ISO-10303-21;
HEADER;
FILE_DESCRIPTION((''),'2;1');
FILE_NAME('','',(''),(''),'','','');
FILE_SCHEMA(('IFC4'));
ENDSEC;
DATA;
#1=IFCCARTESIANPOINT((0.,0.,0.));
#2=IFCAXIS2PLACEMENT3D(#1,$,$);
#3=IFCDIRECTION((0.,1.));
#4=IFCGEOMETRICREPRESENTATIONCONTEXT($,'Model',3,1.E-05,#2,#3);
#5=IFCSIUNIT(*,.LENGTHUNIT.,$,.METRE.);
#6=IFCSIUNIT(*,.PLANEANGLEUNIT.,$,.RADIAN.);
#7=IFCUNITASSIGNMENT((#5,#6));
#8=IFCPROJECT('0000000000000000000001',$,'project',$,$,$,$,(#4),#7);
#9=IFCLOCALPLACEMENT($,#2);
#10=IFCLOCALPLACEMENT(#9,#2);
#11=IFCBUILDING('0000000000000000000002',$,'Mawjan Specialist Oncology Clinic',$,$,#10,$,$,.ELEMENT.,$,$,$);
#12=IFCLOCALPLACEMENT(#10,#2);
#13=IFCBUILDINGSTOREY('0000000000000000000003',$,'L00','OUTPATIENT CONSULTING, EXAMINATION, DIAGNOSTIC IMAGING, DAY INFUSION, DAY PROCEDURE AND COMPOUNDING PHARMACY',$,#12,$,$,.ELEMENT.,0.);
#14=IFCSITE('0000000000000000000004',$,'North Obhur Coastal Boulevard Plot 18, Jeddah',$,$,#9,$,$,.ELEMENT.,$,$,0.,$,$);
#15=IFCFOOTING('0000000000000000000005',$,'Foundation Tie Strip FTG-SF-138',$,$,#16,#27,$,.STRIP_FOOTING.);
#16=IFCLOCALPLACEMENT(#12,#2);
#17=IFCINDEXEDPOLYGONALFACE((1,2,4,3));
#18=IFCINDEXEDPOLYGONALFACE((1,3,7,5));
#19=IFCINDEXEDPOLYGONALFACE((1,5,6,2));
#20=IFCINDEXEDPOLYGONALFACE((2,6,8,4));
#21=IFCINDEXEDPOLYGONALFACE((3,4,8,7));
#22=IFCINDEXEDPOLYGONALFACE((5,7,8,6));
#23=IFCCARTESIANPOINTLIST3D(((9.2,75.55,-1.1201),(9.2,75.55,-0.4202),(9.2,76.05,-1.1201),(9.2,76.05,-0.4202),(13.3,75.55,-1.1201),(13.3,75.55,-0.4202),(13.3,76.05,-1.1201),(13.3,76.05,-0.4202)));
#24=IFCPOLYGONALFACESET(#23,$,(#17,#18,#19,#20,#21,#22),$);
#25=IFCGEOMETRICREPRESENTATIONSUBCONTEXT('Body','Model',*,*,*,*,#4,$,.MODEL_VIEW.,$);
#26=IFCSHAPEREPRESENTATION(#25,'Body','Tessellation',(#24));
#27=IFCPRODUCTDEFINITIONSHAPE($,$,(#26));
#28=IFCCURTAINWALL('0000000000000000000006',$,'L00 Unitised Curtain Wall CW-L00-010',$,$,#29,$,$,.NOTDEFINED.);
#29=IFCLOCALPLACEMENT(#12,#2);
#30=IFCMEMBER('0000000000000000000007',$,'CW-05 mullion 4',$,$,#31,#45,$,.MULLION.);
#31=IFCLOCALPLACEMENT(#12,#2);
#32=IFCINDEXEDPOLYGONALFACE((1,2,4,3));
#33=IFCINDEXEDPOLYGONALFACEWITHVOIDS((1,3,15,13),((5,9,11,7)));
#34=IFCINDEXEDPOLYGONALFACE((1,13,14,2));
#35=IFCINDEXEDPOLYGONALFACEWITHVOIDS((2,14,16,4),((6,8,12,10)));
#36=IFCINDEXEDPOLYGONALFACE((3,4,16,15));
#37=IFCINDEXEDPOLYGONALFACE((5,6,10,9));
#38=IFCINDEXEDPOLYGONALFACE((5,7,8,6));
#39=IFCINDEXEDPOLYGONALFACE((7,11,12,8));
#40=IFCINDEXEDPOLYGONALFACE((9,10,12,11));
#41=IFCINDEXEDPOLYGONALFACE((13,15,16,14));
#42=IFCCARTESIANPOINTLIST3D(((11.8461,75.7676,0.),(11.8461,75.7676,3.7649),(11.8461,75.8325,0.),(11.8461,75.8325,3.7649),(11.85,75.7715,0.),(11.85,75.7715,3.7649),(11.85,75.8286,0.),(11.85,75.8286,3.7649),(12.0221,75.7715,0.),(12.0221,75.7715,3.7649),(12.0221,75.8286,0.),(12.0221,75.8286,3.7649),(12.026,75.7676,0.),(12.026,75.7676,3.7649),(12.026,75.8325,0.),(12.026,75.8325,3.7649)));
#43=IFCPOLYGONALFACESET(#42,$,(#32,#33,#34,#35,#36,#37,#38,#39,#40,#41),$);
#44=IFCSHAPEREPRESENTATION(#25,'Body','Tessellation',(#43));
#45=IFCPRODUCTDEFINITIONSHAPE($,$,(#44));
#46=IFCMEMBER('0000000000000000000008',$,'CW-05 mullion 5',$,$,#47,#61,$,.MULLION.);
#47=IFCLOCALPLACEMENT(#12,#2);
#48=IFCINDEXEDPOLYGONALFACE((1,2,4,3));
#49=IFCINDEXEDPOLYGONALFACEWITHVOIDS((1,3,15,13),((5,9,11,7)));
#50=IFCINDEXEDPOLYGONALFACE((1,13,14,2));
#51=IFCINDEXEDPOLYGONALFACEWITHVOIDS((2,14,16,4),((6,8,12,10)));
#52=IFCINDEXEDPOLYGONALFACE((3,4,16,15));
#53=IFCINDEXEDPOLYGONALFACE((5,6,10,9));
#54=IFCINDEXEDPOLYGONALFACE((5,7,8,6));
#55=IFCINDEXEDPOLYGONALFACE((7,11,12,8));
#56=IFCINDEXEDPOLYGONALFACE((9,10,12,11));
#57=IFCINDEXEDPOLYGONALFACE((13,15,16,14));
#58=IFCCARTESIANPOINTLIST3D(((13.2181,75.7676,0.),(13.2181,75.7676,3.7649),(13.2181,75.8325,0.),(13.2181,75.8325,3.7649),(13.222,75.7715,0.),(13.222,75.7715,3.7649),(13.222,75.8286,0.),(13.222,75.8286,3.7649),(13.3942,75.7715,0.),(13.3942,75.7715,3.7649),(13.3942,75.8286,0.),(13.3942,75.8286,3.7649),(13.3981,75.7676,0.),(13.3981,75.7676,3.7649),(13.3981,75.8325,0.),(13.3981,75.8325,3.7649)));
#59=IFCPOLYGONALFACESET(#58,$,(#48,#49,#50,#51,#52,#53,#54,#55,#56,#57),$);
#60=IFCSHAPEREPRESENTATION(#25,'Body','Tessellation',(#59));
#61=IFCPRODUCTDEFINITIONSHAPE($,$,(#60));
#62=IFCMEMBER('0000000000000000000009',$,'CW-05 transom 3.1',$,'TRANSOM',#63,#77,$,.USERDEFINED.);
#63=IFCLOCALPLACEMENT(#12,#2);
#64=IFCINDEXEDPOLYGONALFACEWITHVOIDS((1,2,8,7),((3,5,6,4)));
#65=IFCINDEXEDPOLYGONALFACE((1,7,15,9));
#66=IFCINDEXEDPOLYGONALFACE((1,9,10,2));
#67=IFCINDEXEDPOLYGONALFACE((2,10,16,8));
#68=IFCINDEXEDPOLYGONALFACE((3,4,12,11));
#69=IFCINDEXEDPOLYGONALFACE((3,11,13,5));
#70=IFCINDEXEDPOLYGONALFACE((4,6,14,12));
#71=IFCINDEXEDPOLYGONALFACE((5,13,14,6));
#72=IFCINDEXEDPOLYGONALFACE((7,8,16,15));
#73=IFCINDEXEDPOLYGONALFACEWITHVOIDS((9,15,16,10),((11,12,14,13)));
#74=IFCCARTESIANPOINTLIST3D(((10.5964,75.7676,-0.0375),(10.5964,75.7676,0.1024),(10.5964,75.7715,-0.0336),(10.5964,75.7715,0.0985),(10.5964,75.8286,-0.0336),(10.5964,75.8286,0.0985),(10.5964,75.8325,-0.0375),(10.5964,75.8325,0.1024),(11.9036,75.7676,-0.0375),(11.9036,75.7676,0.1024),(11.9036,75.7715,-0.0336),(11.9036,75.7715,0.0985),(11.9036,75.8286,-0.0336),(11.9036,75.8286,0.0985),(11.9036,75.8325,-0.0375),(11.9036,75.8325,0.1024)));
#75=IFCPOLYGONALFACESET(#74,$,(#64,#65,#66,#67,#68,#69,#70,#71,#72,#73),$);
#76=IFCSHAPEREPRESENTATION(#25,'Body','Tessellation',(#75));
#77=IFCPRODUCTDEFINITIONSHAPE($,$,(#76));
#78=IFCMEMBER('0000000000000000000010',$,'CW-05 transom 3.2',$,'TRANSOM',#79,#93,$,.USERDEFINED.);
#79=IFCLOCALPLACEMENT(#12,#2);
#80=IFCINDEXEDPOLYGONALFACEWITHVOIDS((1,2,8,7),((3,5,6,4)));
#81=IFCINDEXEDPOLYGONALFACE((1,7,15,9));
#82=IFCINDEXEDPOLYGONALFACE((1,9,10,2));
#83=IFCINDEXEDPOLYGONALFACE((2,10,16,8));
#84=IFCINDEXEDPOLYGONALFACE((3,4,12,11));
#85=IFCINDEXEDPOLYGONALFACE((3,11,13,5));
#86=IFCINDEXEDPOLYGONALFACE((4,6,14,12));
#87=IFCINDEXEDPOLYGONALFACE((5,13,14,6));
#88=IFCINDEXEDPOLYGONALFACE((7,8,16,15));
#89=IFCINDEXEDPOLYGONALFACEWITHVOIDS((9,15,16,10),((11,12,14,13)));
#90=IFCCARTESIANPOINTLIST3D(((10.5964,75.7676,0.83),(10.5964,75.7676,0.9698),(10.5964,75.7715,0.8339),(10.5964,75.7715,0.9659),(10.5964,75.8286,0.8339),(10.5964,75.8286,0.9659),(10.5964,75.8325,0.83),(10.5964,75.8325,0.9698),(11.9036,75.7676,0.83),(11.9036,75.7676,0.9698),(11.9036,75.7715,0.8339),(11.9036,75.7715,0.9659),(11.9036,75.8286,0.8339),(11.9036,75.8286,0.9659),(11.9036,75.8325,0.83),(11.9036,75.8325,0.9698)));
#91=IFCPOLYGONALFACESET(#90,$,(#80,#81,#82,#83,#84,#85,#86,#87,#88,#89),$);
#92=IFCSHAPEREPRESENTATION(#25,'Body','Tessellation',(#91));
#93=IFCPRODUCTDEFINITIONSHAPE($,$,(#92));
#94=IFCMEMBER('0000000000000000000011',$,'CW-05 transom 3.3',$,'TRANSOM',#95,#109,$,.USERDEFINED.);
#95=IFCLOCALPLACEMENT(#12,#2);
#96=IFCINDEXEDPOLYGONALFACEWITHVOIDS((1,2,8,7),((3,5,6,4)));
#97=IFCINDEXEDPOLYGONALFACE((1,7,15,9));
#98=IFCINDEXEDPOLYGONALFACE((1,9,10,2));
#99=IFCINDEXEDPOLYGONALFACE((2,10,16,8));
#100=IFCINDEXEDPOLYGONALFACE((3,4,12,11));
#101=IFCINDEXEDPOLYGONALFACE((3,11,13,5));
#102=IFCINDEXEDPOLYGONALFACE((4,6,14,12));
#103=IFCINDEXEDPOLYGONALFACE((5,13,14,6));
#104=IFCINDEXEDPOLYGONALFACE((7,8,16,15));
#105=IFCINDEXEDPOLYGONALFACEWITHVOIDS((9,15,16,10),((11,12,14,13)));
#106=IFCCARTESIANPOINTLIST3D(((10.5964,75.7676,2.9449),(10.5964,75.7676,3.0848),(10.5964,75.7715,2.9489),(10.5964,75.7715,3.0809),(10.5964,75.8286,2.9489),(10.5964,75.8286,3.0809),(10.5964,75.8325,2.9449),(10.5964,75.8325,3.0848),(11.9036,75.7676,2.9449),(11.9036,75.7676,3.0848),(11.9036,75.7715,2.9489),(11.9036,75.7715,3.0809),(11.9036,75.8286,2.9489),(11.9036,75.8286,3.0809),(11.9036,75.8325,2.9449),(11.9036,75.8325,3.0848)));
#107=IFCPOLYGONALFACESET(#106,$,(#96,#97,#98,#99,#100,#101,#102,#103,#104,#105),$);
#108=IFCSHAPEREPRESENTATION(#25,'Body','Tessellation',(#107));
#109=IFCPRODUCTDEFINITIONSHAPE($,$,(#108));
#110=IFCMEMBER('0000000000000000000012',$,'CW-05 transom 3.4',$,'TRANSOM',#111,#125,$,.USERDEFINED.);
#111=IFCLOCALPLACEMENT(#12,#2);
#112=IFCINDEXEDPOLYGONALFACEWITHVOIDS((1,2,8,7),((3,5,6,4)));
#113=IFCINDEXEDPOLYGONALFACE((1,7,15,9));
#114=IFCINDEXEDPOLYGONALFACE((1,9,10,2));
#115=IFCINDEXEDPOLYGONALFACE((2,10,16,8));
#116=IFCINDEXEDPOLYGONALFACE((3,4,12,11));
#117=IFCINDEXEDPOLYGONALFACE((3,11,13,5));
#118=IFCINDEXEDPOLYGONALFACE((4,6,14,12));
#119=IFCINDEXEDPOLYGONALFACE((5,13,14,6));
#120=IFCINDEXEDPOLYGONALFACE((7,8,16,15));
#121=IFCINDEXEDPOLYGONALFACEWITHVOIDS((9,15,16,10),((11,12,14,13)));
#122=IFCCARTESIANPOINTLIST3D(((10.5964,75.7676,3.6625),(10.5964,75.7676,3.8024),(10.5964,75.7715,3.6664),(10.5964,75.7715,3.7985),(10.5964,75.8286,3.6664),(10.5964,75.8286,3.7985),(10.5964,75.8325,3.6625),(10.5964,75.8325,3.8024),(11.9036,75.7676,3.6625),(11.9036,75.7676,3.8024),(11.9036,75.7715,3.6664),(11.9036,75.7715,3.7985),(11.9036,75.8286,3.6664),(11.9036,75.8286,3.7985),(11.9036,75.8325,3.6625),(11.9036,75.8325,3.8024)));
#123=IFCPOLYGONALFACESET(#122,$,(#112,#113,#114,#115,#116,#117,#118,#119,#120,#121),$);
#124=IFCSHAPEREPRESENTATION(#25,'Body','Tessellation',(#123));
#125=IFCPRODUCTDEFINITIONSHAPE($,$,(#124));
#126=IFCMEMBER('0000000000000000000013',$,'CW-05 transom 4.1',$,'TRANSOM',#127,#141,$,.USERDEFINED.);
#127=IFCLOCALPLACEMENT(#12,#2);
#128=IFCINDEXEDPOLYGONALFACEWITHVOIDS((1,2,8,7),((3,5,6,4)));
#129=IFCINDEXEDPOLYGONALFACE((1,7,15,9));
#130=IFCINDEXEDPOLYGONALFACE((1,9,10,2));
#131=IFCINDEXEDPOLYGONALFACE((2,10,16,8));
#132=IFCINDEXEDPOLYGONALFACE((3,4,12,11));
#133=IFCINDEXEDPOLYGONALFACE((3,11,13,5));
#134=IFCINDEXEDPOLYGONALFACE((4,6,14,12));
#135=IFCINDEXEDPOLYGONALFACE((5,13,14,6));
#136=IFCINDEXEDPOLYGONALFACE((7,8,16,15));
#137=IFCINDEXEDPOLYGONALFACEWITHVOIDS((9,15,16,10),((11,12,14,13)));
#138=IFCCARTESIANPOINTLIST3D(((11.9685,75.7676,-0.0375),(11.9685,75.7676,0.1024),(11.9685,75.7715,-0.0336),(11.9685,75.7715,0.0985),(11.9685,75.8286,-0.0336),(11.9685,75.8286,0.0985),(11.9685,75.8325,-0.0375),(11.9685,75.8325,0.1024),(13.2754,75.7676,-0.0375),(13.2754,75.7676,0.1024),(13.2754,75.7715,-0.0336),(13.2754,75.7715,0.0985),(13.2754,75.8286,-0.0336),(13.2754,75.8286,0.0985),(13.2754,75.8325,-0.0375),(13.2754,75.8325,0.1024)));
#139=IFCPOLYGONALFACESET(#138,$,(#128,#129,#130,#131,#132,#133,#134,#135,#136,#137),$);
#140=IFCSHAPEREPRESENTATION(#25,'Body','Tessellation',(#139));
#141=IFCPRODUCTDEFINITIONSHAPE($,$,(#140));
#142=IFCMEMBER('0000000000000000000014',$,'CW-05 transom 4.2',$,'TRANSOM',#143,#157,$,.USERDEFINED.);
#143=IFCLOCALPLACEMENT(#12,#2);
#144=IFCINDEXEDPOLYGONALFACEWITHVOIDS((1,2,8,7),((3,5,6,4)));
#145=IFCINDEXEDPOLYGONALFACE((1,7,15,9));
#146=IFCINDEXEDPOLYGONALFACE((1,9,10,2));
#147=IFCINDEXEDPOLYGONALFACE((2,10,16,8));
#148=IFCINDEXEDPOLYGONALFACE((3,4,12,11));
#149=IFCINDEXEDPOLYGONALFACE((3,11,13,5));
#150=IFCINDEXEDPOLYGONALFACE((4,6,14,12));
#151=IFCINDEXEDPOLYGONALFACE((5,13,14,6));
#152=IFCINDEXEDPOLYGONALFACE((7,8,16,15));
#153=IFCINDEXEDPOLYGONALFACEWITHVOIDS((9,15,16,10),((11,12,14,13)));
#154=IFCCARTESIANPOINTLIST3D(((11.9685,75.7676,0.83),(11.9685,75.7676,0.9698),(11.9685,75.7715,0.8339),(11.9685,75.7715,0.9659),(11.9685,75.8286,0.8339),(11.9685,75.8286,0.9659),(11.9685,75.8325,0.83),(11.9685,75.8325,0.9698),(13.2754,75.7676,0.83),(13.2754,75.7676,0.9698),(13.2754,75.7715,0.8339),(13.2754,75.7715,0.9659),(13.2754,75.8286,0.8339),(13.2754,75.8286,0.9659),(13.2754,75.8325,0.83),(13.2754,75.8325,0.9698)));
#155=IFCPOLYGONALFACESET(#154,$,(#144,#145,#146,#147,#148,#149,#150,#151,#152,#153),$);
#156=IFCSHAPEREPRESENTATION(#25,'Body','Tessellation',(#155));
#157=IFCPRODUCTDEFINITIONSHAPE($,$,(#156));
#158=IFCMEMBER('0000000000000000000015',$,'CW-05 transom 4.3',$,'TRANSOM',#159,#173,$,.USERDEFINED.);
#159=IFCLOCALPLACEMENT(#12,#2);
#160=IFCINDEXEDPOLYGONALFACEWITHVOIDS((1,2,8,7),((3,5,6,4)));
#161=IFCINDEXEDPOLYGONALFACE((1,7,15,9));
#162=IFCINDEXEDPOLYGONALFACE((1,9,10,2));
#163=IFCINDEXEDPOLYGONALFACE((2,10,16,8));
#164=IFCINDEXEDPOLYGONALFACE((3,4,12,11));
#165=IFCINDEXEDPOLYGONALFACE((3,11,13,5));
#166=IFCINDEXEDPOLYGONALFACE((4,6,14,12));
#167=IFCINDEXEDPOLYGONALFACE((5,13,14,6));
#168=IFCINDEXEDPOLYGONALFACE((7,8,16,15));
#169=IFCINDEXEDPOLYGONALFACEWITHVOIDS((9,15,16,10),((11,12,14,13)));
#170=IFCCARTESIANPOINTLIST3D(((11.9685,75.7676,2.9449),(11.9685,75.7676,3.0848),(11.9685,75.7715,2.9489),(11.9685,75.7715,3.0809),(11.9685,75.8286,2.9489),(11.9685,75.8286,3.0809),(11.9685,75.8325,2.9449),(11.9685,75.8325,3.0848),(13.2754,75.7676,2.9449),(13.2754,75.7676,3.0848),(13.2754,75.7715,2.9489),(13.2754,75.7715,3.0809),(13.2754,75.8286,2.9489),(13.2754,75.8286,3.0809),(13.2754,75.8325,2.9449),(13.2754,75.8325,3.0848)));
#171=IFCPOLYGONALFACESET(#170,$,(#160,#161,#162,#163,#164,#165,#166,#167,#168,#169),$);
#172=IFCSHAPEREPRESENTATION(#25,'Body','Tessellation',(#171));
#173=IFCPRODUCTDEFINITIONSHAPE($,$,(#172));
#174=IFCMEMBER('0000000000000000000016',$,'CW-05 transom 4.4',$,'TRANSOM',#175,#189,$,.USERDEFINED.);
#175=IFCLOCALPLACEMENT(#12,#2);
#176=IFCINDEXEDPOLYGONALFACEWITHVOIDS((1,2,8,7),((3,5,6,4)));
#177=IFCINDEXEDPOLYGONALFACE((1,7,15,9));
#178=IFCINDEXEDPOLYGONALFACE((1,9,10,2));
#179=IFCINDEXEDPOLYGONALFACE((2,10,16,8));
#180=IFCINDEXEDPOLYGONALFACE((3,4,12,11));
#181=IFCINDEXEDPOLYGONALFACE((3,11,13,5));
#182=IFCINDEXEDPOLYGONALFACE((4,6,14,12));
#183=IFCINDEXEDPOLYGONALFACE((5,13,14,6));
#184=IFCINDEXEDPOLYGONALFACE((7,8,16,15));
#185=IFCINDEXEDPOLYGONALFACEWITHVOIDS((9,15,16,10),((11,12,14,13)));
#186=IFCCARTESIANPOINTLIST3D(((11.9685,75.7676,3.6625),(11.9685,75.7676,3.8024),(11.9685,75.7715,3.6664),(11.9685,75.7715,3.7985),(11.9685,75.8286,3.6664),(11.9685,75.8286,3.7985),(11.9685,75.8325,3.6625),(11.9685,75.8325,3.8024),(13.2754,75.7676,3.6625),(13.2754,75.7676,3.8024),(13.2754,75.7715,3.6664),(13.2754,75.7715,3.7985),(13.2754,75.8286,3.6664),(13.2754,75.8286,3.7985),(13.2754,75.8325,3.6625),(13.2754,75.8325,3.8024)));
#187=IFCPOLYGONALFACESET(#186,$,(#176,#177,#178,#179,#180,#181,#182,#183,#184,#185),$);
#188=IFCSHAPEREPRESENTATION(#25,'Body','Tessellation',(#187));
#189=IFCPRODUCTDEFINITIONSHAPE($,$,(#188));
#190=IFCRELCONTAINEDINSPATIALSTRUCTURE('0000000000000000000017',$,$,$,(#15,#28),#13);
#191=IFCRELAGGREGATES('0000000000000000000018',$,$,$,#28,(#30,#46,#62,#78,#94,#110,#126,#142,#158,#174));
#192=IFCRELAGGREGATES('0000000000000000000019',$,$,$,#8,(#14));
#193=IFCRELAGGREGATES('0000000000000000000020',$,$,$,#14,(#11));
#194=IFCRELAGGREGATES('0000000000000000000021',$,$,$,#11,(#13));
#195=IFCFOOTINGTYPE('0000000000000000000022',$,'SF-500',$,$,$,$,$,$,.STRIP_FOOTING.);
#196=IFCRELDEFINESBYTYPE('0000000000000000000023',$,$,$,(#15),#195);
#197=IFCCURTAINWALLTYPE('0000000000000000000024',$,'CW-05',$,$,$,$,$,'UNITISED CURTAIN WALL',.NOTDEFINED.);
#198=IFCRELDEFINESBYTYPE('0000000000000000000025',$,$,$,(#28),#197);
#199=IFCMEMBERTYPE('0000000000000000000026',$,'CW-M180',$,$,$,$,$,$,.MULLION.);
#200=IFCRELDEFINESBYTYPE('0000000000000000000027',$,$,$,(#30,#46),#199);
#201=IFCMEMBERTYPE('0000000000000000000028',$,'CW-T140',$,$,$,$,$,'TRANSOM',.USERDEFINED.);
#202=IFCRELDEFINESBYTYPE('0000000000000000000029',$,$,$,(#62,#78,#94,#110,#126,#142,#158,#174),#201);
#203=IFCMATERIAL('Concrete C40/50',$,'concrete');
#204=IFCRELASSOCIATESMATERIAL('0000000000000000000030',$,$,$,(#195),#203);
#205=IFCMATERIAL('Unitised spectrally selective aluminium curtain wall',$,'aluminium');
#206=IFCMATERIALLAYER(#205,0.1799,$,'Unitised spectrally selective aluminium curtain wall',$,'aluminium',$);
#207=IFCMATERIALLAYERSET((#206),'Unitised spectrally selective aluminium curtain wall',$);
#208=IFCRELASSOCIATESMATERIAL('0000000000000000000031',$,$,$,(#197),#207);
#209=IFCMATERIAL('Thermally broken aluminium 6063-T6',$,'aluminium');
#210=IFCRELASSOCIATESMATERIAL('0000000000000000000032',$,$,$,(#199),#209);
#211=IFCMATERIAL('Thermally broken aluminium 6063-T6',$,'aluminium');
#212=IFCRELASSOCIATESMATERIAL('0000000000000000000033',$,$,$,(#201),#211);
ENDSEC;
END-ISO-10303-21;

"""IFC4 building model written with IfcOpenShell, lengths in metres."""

from ifc_helpers import new_model, si_unit, direction, frame, origin, origin_2d, place, context, subcontext, project, spatial, rectangle, hollow_rectangle, extrude, material, layer, layer_set, material_profile, profile_set, type_object, element, aggregate, save


model = new_model("IFC4")

# Units and contexts
model_context = context("Model", 3, precision=1e-05, world=origin(), true_north=direction((0.0, 1.0)))
body_context = subcontext(model_context, "Body", "Model", "MODEL_VIEW")
ifc_project = project(units=[si_unit("LENGTHUNIT", "METRE"), si_unit("PLANEANGLEUNIT", "RADIAN")], contexts=[model_context])

# Site, building, storey
site_placement = place(None, origin())
site = spatial("IfcSite", under=ifc_project, at=site_placement, Name="North Obhur Coastal Boulevard Plot 18, Jeddah", CompositionType="ELEMENT", RefElevation=0.0)
building_placement = place(site_placement, origin())
building = spatial("IfcBuilding", under=site, at=building_placement, Name="Mawjan Specialist Oncology Clinic", CompositionType="ELEMENT")
storey_placement = place(building_placement, origin())
storey = spatial("IfcBuildingStorey", under=building, at=storey_placement, Name="L00", Description="OUTPATIENT CONSULTING, EXAMINATION, DIAGNOSTIC IMAGING, DAY INFUSION, DAY PROCEDURE AND COMPOUNDING PHARMACY", CompositionType="ELEMENT", Elevation=0.0)

# Footing
ifc_material_1 = material(Name="Concrete C40/50", Category="concrete")
footing_type = type_object("IfcFootingType", Name="SF-500", PredefinedType="STRIP_FOOTING", material=ifc_material_1)
footing_placement = place(storey_placement, frame((11.25, 75.8, -1.1201), z_axis=(0.0, 0.0, 1.0), x_axis=(1.0, 0.0, 0.0)))
element("IfcFooting", 1, at=footing_placement, inside=storey, type_object=footing_type, Name="Foundation Tie Strip FTG-SF-138", PredefinedType="STRIP_FOOTING", context=body_context, shape_type="SweptSolid", body=[
    extrude(rectangle(XDim=4.1001, YDim=0.5, at=origin_2d()), origin(), (0.0, 0.0, 1.0), 0.7),
])

# Curtain wall, members
ifc_material_2 = material(Name="Unitised spectrally selective aluminium curtain wall", Category="aluminium")
ifc_layer_1 = layer(ifc_material_2, 0.1799, Name="Unitised spectrally selective aluminium curtain wall", Category="aluminium")
ifc_layer_set_1 = layer_set([ifc_layer_1], Name="Unitised spectrally selective aluminium curtain wall")
curtain_wall_type = type_object("IfcCurtainWallType", Name="CW-05", ElementType="UNITISED CURTAIN WALL", PredefinedType="NOTDEFINED", material=ifc_layer_set_1)
curtain_wall_placement = place(storey_placement, origin())
curtain_wall = element("IfcCurtainWall", 2, at=curtain_wall_placement, inside=storey, type_object=curtain_wall_type, Name="L00 Unitised Curtain Wall CW-L00-010", PredefinedType="NOTDEFINED")
ifc_material_3 = material(Name="Thermally broken aluminium 6063-T6", Category="aluminium")
ifc_material_profile_1 = material_profile(ifc_material_3, hollow_rectangle(XDim=0.0649, YDim=0.1799, WallThickness=0.0039, at=origin_2d()), Name="ALU MULLION 180x65x4", Category="aluminium")
ifc_profile_set_1 = profile_set([ifc_material_profile_1], Name="Thermally broken aluminium 6063-T6")
member_type_1 = type_object("IfcMemberType", Name="CW-M180", PredefinedType="MULLION", material=ifc_profile_set_1)
member_1_placement = place(storey_placement, frame((11.936, 75.8, 0.0), z_axis=(0.0, 0.0, 1.0), x_axis=(0.0, 1.0, 0.0)))
member_1 = element("IfcMember", 3, at=member_1_placement, type_object=member_type_1, Name="CW-05 mullion 4", PredefinedType="MULLION", context=body_context, shape_type="SweptSolid", body=[
    extrude(hollow_rectangle(XDim=0.0649, YDim=0.1799, WallThickness=0.0039, at=origin_2d()), origin(), (0.0, 0.0, 1.0), 3.7649),
])
member_2_placement = place(storey_placement, frame((13.3081, 75.8, 0.0), z_axis=(0.0, 0.0, 1.0), x_axis=(0.0, 1.0, 0.0)))
member_2 = element("IfcMember", 4, at=member_2_placement, type_object=member_type_1, Name="CW-05 mullion 5", PredefinedType="MULLION", context=body_context, shape_type="SweptSolid", body=[
    extrude(hollow_rectangle(XDim=0.0649, YDim=0.1799, WallThickness=0.0039, at=origin_2d()), origin(), (0.0, 0.0, 1.0), 3.7649),
])
ifc_material_4 = material(Name="Thermally broken aluminium 6063-T6", Category="aluminium")
ifc_material_profile_2 = material_profile(ifc_material_4, hollow_rectangle(XDim=0.0649, YDim=0.1399, WallThickness=0.0039, at=origin_2d()), Name="ALU TRANSOM 140x65x4", Category="aluminium")
ifc_profile_set_2 = profile_set([ifc_material_profile_2], Name="Thermally broken aluminium 6063-T6")
member_type_2 = type_object("IfcMemberType", Name="CW-T140", ElementType="TRANSOM", PredefinedType="USERDEFINED", material=ifc_profile_set_2)
member_3_placement = place(storey_placement, frame((10.5964, 75.8, 0.0325), z_axis=(1.0, 0.0, 0.0), x_axis=(0.0, 1.0, 0.0)))
member_3 = element("IfcMember", 5, at=member_3_placement, type_object=member_type_2, Name="CW-05 transom 3.1", ObjectType="TRANSOM", PredefinedType="USERDEFINED", context=body_context, shape_type="SweptSolid", body=[
    extrude(hollow_rectangle(XDim=0.0649, YDim=0.1399, WallThickness=0.0039, at=origin_2d()), origin(), (0.0, 0.0, 1.0), 1.3071),
])
member_4_placement = place(storey_placement, frame((10.5964, 75.8, 0.8999), z_axis=(1.0, 0.0, 0.0), x_axis=(0.0, 1.0, 0.0)))
member_4 = element("IfcMember", 6, at=member_4_placement, type_object=member_type_2, Name="CW-05 transom 3.2", ObjectType="TRANSOM", PredefinedType="USERDEFINED", context=body_context, shape_type="SweptSolid", body=[
    extrude(hollow_rectangle(XDim=0.0649, YDim=0.1399, WallThickness=0.0039, at=origin_2d()), origin(), (0.0, 0.0, 1.0), 1.3071),
])
member_5_placement = place(storey_placement, frame((10.5964, 75.8, 3.0149), z_axis=(1.0, 0.0, 0.0), x_axis=(0.0, 1.0, 0.0)))
member_5 = element("IfcMember", 7, at=member_5_placement, type_object=member_type_2, Name="CW-05 transom 3.3", ObjectType="TRANSOM", PredefinedType="USERDEFINED", context=body_context, shape_type="SweptSolid", body=[
    extrude(hollow_rectangle(XDim=0.0649, YDim=0.1399, WallThickness=0.0039, at=origin_2d()), origin(), (0.0, 0.0, 1.0), 1.3071),
])
member_6_placement = place(storey_placement, frame((10.5964, 75.8, 3.7324), z_axis=(1.0, 0.0, 0.0), x_axis=(0.0, 1.0, 0.0)))
member_6 = element("IfcMember", 8, at=member_6_placement, type_object=member_type_2, Name="CW-05 transom 3.4", ObjectType="TRANSOM", PredefinedType="USERDEFINED", context=body_context, shape_type="SweptSolid", body=[
    extrude(hollow_rectangle(XDim=0.0649, YDim=0.1399, WallThickness=0.0039, at=origin_2d()), origin(), (0.0, 0.0, 1.0), 1.3071),
])
member_7_placement = place(storey_placement, frame((11.9685, 75.8, 0.0325), z_axis=(1.0, 0.0, 0.0), x_axis=(0.0, 1.0, 0.0)))
member_7 = element("IfcMember", 9, at=member_7_placement, type_object=member_type_2, Name="CW-05 transom 4.1", ObjectType="TRANSOM", PredefinedType="USERDEFINED", context=body_context, shape_type="SweptSolid", body=[
    extrude(hollow_rectangle(XDim=0.0649, YDim=0.1399, WallThickness=0.0039, at=origin_2d()), origin(), (0.0, 0.0, 1.0), 1.3069),
])
member_8_placement = place(storey_placement, frame((11.9685, 75.8, 0.8999), z_axis=(1.0, 0.0, 0.0), x_axis=(0.0, 1.0, 0.0)))
member_8 = element("IfcMember", 10, at=member_8_placement, type_object=member_type_2, Name="CW-05 transom 4.2", ObjectType="TRANSOM", PredefinedType="USERDEFINED", context=body_context, shape_type="SweptSolid", body=[
    extrude(hollow_rectangle(XDim=0.0649, YDim=0.1399, WallThickness=0.0039, at=origin_2d()), origin(), (0.0, 0.0, 1.0), 1.3069),
])
member_9_placement = place(storey_placement, frame((11.9685, 75.8, 3.0149), z_axis=(1.0, 0.0, 0.0), x_axis=(0.0, 1.0, 0.0)))
member_9 = element("IfcMember", 11, at=member_9_placement, type_object=member_type_2, Name="CW-05 transom 4.3", ObjectType="TRANSOM", PredefinedType="USERDEFINED", context=body_context, shape_type="SweptSolid", body=[
    extrude(hollow_rectangle(XDim=0.0649, YDim=0.1399, WallThickness=0.0039, at=origin_2d()), origin(), (0.0, 0.0, 1.0), 1.3069),
])
member_10_placement = place(storey_placement, frame((11.9685, 75.8, 3.7324), z_axis=(1.0, 0.0, 0.0), x_axis=(0.0, 1.0, 0.0)))
member_10 = element("IfcMember", 12, at=member_10_placement, type_object=member_type_2, Name="CW-05 transom 4.4", ObjectType="TRANSOM", PredefinedType="USERDEFINED", context=body_context, shape_type="SweptSolid", body=[
    extrude(hollow_rectangle(XDim=0.0649, YDim=0.1399, WallThickness=0.0039, at=origin_2d()), origin(), (0.0, 0.0, 1.0), 1.3069),
])
aggregate(curtain_wall, [member_1, member_2, member_3, member_4, member_5, member_6, member_7, member_8, member_9, member_10])

save(model, "model.ifc")
